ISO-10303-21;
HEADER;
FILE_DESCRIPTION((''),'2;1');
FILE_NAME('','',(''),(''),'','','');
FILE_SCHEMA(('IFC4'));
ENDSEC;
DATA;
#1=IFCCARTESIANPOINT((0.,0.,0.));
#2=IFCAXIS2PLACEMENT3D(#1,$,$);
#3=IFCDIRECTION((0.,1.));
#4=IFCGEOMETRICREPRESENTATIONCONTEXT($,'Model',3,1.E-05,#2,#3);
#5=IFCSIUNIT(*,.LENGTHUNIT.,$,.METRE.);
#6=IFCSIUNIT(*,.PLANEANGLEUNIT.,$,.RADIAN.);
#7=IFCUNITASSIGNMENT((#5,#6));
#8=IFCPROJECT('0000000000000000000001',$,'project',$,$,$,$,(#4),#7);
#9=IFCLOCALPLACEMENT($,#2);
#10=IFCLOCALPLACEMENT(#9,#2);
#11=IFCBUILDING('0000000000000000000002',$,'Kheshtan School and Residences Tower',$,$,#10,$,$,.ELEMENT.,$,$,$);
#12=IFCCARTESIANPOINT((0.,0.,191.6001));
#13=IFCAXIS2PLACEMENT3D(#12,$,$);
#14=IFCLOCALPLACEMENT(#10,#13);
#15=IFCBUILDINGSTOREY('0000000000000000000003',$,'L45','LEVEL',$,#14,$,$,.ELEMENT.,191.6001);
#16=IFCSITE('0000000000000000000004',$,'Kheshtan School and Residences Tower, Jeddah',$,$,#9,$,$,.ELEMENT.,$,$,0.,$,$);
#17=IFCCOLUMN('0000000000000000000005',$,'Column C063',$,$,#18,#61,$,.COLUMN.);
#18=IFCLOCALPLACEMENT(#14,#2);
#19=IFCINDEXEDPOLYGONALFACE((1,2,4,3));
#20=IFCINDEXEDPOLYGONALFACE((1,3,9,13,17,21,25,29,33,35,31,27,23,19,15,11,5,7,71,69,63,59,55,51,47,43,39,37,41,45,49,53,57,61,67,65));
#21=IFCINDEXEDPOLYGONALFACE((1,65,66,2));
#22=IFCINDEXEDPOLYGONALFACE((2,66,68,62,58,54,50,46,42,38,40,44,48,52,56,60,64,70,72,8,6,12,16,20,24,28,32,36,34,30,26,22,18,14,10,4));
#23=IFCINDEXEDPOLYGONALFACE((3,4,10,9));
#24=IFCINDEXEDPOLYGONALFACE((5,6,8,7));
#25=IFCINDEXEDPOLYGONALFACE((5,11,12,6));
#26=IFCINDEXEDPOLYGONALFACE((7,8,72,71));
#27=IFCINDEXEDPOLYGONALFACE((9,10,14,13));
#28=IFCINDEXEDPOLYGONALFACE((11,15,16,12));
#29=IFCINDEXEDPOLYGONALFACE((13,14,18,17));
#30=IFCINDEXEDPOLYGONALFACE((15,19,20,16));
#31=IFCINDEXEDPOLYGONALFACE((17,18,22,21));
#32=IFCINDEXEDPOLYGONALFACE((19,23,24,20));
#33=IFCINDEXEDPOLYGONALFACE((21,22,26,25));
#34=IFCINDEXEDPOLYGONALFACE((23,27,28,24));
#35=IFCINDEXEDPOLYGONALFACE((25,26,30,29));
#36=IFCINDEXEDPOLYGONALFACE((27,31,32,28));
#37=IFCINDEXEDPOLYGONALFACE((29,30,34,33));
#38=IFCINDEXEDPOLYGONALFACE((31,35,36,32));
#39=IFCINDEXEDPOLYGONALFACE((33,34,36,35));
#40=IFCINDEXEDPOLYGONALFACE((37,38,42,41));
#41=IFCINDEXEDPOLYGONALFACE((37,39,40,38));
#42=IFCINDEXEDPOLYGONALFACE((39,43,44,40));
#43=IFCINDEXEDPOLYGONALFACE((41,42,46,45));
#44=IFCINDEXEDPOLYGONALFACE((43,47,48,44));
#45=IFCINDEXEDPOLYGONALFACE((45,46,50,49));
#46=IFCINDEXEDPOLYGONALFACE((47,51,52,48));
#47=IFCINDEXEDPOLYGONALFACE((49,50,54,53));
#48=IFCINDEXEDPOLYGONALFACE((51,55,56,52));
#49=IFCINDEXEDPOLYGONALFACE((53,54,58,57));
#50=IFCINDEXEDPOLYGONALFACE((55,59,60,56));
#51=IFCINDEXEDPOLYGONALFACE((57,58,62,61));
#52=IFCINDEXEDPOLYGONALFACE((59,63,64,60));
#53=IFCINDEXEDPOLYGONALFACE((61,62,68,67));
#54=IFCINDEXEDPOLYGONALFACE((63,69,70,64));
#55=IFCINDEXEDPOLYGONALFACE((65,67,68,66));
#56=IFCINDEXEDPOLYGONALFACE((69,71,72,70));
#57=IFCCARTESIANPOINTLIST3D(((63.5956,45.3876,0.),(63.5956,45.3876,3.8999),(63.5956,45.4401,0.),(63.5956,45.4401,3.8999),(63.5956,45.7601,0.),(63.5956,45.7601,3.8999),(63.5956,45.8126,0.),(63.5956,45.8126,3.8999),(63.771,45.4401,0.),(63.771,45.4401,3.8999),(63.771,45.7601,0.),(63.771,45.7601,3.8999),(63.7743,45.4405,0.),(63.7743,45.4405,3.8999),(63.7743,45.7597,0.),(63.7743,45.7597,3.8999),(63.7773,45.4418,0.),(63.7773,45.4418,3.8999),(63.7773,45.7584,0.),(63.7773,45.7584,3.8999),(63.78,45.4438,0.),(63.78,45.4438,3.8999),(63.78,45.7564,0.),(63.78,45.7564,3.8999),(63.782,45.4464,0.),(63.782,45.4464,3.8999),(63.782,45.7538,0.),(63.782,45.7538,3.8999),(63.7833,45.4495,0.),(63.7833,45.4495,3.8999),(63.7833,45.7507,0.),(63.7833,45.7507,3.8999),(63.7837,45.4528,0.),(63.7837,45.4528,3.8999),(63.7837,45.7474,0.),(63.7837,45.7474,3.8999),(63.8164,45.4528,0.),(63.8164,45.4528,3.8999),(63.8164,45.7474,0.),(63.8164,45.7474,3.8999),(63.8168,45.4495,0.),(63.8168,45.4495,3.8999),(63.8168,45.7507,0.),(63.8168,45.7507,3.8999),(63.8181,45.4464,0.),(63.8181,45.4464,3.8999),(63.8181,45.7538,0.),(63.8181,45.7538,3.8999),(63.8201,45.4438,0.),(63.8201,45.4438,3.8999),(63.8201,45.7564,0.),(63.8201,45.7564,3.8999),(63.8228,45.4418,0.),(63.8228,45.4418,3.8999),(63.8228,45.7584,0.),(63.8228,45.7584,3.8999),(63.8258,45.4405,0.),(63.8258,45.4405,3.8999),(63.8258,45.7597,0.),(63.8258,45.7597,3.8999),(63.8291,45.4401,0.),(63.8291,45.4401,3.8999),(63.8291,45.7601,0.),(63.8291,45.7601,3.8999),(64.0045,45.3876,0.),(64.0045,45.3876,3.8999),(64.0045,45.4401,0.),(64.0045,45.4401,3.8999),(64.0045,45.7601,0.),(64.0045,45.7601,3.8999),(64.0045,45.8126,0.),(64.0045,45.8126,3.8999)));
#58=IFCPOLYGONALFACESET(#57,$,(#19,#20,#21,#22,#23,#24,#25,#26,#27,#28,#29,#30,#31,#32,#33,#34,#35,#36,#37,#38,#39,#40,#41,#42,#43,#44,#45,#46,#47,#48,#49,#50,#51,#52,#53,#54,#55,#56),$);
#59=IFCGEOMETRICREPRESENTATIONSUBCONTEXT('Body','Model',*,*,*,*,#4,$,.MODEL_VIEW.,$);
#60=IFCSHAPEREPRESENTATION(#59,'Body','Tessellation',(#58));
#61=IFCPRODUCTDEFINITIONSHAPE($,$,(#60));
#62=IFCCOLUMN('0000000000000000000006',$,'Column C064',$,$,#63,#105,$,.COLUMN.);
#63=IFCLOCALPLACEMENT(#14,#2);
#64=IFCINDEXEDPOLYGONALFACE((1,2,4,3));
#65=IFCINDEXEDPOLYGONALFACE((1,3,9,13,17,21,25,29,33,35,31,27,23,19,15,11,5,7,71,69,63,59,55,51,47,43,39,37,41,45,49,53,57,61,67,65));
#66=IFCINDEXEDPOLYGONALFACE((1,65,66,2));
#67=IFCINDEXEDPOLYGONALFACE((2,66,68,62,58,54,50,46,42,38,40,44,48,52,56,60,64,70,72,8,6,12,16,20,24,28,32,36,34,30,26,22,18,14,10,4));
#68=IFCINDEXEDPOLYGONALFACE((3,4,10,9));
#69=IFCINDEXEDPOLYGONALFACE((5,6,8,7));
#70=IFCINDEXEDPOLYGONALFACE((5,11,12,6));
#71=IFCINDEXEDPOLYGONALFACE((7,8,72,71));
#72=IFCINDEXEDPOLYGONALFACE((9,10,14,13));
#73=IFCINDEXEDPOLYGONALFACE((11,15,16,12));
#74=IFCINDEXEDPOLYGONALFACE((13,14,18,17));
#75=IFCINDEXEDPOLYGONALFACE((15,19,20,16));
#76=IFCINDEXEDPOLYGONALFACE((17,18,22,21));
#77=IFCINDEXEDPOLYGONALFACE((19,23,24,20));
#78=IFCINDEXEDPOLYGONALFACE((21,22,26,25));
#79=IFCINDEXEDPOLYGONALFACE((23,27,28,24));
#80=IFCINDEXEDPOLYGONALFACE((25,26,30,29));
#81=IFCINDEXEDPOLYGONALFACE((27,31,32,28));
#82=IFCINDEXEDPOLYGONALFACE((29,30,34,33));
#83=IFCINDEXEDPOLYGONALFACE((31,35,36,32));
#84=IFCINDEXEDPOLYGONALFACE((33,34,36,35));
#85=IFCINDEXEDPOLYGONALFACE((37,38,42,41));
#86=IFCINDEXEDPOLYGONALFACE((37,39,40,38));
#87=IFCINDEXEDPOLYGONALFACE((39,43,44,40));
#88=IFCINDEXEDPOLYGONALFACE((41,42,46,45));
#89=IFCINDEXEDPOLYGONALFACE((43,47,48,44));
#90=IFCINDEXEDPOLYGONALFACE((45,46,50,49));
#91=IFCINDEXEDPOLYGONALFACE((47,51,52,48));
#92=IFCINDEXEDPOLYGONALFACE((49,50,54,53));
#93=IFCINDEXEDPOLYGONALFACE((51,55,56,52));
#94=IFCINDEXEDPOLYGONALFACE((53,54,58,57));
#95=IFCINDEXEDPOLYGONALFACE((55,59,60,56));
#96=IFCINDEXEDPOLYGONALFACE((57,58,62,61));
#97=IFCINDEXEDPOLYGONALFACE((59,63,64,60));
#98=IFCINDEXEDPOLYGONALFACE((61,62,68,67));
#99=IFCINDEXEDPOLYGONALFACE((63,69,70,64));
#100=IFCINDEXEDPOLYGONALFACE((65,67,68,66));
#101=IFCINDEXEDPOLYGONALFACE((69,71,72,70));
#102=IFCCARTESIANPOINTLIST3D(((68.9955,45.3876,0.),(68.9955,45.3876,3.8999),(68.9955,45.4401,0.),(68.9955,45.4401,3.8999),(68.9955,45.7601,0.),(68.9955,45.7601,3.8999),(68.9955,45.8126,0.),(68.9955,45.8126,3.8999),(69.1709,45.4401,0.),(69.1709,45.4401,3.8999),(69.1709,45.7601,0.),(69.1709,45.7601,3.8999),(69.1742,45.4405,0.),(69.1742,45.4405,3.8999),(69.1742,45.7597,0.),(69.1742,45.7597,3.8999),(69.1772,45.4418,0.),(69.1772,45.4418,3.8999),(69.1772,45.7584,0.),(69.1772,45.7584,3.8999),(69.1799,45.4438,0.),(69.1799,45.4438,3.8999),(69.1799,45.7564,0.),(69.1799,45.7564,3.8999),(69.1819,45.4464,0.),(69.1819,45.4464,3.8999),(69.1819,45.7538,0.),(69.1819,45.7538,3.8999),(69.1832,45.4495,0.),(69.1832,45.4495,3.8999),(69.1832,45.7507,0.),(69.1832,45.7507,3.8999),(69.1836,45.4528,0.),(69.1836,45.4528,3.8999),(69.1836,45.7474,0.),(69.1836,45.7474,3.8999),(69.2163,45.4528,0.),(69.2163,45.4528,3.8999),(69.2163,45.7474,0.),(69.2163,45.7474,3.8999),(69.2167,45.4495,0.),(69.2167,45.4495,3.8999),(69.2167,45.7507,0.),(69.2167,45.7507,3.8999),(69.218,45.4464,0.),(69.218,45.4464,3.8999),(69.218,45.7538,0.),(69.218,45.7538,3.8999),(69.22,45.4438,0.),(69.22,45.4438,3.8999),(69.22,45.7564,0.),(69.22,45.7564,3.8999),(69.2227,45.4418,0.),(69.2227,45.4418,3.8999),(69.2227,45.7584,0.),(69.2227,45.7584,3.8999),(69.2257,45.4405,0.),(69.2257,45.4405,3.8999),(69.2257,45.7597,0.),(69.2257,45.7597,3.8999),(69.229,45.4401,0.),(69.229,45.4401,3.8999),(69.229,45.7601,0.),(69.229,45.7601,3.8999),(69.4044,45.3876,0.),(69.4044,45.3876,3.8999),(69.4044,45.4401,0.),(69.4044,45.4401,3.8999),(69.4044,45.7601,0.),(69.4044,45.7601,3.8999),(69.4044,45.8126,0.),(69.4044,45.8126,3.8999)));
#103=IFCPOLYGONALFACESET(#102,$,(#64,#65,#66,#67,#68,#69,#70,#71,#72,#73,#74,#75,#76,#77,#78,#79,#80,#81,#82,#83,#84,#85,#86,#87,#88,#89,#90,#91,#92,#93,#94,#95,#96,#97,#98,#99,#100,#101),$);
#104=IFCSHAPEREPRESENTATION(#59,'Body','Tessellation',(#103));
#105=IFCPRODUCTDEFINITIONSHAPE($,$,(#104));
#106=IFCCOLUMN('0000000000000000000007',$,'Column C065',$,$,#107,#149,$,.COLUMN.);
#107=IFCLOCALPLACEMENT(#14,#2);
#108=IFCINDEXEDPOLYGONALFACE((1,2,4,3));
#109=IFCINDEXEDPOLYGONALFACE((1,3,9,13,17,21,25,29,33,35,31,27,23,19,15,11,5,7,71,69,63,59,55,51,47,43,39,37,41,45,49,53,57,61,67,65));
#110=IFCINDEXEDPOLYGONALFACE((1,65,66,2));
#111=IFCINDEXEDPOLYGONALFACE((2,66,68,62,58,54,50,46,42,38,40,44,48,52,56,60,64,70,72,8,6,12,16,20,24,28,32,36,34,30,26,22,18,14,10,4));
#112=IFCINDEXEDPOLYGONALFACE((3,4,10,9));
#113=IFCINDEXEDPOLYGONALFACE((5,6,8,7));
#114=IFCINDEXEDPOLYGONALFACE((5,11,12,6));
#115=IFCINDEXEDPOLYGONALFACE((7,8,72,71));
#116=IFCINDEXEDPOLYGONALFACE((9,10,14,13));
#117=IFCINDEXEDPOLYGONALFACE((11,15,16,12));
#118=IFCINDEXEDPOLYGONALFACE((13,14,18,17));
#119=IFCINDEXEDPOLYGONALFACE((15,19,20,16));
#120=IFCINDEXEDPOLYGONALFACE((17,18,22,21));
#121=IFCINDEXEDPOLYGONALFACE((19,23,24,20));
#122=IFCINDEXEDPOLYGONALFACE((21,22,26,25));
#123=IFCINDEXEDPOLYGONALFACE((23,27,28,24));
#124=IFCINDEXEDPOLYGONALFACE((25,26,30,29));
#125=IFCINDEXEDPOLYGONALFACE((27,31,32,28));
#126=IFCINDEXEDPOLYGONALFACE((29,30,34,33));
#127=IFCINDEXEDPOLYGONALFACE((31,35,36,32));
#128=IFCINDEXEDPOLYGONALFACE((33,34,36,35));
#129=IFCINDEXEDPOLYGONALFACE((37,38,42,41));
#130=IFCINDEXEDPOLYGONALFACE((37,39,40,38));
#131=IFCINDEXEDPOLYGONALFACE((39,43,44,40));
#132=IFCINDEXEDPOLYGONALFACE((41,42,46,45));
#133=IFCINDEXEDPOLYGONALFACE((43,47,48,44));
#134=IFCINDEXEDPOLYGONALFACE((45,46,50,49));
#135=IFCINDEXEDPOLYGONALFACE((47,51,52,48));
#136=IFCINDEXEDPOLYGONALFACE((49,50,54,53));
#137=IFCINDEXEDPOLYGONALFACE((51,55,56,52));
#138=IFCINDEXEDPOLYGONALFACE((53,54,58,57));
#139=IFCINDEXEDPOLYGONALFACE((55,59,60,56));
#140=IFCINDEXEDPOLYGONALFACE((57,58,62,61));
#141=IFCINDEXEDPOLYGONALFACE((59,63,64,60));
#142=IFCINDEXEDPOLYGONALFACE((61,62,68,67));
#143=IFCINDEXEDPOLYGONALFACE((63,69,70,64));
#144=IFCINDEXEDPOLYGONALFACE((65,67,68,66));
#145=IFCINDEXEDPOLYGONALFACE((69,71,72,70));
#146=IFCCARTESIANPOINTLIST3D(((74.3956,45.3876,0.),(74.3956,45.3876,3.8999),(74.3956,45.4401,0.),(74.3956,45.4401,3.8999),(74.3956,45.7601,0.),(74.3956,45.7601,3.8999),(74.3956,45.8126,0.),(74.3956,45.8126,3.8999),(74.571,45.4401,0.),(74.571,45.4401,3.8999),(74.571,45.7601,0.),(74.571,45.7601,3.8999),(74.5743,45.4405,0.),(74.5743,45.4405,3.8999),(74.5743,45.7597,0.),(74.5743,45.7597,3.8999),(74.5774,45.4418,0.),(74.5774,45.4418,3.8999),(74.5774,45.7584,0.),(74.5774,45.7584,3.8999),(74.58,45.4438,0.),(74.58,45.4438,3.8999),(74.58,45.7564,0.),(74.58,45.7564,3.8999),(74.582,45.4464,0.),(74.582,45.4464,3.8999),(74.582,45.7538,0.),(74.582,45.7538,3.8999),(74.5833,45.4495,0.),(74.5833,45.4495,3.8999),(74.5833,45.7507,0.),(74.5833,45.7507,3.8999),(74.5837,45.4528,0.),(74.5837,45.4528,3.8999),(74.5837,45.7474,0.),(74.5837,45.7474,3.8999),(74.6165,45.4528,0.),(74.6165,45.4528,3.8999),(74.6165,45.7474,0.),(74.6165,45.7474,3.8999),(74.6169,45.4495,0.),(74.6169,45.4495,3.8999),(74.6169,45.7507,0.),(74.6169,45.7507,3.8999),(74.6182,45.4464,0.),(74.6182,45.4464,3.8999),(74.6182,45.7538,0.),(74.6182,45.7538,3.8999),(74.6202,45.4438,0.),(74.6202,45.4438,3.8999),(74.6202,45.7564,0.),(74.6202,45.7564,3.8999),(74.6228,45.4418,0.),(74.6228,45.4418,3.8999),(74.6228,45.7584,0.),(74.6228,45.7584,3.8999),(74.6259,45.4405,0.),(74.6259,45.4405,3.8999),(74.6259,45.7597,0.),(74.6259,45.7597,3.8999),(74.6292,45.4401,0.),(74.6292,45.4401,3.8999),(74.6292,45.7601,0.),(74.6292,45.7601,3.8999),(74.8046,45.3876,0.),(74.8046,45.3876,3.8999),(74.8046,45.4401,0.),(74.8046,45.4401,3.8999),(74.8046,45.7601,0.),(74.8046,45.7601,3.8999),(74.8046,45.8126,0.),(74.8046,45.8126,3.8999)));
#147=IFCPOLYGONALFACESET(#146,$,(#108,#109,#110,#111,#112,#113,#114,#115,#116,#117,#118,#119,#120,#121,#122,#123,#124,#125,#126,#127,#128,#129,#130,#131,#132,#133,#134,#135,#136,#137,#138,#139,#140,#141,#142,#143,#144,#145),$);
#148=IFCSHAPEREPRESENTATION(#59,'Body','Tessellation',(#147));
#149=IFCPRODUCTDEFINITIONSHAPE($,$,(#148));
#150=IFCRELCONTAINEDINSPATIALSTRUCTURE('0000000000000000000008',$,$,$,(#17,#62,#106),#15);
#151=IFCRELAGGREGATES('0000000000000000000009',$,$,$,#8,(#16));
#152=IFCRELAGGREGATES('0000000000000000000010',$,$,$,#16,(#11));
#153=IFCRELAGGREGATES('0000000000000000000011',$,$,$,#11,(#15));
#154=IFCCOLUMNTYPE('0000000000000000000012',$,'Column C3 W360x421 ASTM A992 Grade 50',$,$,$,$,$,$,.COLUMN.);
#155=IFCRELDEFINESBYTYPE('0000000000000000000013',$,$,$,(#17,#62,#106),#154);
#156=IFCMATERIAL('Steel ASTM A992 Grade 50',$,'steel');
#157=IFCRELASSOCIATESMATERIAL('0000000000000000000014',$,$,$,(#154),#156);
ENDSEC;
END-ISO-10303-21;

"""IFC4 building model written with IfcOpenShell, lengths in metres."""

from ifc_helpers import new_model, si_unit, direction, frame, origin, origin_2d, place, context, subcontext, project, spatial, i_section, extrude, material, material_profile, profile_set, type_object, element, save


model = new_model("IFC4")

# Units and contexts
model_context = context("Model", 3, precision=1e-05, world=origin(), true_north=direction((0.0, 1.0)))
body_context = subcontext(model_context, "Body", "Model", "MODEL_VIEW")
ifc_project = project(units=[si_unit("LENGTHUNIT", "METRE"), si_unit("PLANEANGLEUNIT", "RADIAN")], contexts=[model_context])

# Site, building, storey
site_placement = place(None, origin())
site = spatial("IfcSite", under=ifc_project, at=site_placement, Name="Kheshtan School and Residences Tower, Jeddah", CompositionType="ELEMENT", RefElevation=0.0)
building_placement = place(site_placement, origin())
building = spatial("IfcBuilding", under=site, at=building_placement, Name="Kheshtan School and Residences Tower", CompositionType="ELEMENT")
storey_placement = place(building_placement, frame((0.0, 0.0, 191.6001)))
storey = spatial("IfcBuildingStorey", under=building, at=storey_placement, Name="L45", Description="LEVEL", CompositionType="ELEMENT", Elevation=191.6001)

# Columns
ifc_material_1 = material(Name="Steel ASTM A992 Grade 50", Category="steel")
ifc_material_profile_1 = material_profile(ifc_material_1, i_section(OverallWidth=0.4089, OverallDepth=0.425, WebThickness=0.0327, FlangeThickness=0.0525, FilletRadius=0.0127, at=origin_2d()), Name="W360x421")
ifc_profile_set_1 = profile_set([ifc_material_profile_1], Name="Steel ASTM A992 Grade 50")
column_type_1 = type_object("IfcColumnType", Name="Column C3 W360x421 ASTM A992 Grade 50", PredefinedType="COLUMN", material=ifc_profile_set_1)
for number, where, z_axis, x_axis, name in (
    (1, (63.8, 45.6001, 0.0), (0.0, 0.0, 1.0), (1.0, 0.0, 0.0), "Column C063"),
    (2, (69.2, 45.6001, 0.0), (0.0, 0.0, 1.0), (1.0, 0.0, 0.0), "Column C064"),
    (3, (74.6001, 45.6001, 0.0), (0.0, 0.0, 1.0), (1.0, 0.0, 0.0), "Column C065"),
):
    element("IfcColumn", number, at=place(storey_placement, frame(where, z_axis=z_axis, x_axis=x_axis)), inside=storey, type_object=column_type_1, Name=name, PredefinedType="COLUMN", context=body_context, shape_type="SweptSolid", body=[
        extrude(i_section(OverallWidth=0.4089, OverallDepth=0.425, WebThickness=0.0327, FlangeThickness=0.0525, FilletRadius=0.0127, at=origin_2d()), origin(), (0.0, 0.0, 1.0), 3.8999),
    ])

save(model, "model.ifc")
